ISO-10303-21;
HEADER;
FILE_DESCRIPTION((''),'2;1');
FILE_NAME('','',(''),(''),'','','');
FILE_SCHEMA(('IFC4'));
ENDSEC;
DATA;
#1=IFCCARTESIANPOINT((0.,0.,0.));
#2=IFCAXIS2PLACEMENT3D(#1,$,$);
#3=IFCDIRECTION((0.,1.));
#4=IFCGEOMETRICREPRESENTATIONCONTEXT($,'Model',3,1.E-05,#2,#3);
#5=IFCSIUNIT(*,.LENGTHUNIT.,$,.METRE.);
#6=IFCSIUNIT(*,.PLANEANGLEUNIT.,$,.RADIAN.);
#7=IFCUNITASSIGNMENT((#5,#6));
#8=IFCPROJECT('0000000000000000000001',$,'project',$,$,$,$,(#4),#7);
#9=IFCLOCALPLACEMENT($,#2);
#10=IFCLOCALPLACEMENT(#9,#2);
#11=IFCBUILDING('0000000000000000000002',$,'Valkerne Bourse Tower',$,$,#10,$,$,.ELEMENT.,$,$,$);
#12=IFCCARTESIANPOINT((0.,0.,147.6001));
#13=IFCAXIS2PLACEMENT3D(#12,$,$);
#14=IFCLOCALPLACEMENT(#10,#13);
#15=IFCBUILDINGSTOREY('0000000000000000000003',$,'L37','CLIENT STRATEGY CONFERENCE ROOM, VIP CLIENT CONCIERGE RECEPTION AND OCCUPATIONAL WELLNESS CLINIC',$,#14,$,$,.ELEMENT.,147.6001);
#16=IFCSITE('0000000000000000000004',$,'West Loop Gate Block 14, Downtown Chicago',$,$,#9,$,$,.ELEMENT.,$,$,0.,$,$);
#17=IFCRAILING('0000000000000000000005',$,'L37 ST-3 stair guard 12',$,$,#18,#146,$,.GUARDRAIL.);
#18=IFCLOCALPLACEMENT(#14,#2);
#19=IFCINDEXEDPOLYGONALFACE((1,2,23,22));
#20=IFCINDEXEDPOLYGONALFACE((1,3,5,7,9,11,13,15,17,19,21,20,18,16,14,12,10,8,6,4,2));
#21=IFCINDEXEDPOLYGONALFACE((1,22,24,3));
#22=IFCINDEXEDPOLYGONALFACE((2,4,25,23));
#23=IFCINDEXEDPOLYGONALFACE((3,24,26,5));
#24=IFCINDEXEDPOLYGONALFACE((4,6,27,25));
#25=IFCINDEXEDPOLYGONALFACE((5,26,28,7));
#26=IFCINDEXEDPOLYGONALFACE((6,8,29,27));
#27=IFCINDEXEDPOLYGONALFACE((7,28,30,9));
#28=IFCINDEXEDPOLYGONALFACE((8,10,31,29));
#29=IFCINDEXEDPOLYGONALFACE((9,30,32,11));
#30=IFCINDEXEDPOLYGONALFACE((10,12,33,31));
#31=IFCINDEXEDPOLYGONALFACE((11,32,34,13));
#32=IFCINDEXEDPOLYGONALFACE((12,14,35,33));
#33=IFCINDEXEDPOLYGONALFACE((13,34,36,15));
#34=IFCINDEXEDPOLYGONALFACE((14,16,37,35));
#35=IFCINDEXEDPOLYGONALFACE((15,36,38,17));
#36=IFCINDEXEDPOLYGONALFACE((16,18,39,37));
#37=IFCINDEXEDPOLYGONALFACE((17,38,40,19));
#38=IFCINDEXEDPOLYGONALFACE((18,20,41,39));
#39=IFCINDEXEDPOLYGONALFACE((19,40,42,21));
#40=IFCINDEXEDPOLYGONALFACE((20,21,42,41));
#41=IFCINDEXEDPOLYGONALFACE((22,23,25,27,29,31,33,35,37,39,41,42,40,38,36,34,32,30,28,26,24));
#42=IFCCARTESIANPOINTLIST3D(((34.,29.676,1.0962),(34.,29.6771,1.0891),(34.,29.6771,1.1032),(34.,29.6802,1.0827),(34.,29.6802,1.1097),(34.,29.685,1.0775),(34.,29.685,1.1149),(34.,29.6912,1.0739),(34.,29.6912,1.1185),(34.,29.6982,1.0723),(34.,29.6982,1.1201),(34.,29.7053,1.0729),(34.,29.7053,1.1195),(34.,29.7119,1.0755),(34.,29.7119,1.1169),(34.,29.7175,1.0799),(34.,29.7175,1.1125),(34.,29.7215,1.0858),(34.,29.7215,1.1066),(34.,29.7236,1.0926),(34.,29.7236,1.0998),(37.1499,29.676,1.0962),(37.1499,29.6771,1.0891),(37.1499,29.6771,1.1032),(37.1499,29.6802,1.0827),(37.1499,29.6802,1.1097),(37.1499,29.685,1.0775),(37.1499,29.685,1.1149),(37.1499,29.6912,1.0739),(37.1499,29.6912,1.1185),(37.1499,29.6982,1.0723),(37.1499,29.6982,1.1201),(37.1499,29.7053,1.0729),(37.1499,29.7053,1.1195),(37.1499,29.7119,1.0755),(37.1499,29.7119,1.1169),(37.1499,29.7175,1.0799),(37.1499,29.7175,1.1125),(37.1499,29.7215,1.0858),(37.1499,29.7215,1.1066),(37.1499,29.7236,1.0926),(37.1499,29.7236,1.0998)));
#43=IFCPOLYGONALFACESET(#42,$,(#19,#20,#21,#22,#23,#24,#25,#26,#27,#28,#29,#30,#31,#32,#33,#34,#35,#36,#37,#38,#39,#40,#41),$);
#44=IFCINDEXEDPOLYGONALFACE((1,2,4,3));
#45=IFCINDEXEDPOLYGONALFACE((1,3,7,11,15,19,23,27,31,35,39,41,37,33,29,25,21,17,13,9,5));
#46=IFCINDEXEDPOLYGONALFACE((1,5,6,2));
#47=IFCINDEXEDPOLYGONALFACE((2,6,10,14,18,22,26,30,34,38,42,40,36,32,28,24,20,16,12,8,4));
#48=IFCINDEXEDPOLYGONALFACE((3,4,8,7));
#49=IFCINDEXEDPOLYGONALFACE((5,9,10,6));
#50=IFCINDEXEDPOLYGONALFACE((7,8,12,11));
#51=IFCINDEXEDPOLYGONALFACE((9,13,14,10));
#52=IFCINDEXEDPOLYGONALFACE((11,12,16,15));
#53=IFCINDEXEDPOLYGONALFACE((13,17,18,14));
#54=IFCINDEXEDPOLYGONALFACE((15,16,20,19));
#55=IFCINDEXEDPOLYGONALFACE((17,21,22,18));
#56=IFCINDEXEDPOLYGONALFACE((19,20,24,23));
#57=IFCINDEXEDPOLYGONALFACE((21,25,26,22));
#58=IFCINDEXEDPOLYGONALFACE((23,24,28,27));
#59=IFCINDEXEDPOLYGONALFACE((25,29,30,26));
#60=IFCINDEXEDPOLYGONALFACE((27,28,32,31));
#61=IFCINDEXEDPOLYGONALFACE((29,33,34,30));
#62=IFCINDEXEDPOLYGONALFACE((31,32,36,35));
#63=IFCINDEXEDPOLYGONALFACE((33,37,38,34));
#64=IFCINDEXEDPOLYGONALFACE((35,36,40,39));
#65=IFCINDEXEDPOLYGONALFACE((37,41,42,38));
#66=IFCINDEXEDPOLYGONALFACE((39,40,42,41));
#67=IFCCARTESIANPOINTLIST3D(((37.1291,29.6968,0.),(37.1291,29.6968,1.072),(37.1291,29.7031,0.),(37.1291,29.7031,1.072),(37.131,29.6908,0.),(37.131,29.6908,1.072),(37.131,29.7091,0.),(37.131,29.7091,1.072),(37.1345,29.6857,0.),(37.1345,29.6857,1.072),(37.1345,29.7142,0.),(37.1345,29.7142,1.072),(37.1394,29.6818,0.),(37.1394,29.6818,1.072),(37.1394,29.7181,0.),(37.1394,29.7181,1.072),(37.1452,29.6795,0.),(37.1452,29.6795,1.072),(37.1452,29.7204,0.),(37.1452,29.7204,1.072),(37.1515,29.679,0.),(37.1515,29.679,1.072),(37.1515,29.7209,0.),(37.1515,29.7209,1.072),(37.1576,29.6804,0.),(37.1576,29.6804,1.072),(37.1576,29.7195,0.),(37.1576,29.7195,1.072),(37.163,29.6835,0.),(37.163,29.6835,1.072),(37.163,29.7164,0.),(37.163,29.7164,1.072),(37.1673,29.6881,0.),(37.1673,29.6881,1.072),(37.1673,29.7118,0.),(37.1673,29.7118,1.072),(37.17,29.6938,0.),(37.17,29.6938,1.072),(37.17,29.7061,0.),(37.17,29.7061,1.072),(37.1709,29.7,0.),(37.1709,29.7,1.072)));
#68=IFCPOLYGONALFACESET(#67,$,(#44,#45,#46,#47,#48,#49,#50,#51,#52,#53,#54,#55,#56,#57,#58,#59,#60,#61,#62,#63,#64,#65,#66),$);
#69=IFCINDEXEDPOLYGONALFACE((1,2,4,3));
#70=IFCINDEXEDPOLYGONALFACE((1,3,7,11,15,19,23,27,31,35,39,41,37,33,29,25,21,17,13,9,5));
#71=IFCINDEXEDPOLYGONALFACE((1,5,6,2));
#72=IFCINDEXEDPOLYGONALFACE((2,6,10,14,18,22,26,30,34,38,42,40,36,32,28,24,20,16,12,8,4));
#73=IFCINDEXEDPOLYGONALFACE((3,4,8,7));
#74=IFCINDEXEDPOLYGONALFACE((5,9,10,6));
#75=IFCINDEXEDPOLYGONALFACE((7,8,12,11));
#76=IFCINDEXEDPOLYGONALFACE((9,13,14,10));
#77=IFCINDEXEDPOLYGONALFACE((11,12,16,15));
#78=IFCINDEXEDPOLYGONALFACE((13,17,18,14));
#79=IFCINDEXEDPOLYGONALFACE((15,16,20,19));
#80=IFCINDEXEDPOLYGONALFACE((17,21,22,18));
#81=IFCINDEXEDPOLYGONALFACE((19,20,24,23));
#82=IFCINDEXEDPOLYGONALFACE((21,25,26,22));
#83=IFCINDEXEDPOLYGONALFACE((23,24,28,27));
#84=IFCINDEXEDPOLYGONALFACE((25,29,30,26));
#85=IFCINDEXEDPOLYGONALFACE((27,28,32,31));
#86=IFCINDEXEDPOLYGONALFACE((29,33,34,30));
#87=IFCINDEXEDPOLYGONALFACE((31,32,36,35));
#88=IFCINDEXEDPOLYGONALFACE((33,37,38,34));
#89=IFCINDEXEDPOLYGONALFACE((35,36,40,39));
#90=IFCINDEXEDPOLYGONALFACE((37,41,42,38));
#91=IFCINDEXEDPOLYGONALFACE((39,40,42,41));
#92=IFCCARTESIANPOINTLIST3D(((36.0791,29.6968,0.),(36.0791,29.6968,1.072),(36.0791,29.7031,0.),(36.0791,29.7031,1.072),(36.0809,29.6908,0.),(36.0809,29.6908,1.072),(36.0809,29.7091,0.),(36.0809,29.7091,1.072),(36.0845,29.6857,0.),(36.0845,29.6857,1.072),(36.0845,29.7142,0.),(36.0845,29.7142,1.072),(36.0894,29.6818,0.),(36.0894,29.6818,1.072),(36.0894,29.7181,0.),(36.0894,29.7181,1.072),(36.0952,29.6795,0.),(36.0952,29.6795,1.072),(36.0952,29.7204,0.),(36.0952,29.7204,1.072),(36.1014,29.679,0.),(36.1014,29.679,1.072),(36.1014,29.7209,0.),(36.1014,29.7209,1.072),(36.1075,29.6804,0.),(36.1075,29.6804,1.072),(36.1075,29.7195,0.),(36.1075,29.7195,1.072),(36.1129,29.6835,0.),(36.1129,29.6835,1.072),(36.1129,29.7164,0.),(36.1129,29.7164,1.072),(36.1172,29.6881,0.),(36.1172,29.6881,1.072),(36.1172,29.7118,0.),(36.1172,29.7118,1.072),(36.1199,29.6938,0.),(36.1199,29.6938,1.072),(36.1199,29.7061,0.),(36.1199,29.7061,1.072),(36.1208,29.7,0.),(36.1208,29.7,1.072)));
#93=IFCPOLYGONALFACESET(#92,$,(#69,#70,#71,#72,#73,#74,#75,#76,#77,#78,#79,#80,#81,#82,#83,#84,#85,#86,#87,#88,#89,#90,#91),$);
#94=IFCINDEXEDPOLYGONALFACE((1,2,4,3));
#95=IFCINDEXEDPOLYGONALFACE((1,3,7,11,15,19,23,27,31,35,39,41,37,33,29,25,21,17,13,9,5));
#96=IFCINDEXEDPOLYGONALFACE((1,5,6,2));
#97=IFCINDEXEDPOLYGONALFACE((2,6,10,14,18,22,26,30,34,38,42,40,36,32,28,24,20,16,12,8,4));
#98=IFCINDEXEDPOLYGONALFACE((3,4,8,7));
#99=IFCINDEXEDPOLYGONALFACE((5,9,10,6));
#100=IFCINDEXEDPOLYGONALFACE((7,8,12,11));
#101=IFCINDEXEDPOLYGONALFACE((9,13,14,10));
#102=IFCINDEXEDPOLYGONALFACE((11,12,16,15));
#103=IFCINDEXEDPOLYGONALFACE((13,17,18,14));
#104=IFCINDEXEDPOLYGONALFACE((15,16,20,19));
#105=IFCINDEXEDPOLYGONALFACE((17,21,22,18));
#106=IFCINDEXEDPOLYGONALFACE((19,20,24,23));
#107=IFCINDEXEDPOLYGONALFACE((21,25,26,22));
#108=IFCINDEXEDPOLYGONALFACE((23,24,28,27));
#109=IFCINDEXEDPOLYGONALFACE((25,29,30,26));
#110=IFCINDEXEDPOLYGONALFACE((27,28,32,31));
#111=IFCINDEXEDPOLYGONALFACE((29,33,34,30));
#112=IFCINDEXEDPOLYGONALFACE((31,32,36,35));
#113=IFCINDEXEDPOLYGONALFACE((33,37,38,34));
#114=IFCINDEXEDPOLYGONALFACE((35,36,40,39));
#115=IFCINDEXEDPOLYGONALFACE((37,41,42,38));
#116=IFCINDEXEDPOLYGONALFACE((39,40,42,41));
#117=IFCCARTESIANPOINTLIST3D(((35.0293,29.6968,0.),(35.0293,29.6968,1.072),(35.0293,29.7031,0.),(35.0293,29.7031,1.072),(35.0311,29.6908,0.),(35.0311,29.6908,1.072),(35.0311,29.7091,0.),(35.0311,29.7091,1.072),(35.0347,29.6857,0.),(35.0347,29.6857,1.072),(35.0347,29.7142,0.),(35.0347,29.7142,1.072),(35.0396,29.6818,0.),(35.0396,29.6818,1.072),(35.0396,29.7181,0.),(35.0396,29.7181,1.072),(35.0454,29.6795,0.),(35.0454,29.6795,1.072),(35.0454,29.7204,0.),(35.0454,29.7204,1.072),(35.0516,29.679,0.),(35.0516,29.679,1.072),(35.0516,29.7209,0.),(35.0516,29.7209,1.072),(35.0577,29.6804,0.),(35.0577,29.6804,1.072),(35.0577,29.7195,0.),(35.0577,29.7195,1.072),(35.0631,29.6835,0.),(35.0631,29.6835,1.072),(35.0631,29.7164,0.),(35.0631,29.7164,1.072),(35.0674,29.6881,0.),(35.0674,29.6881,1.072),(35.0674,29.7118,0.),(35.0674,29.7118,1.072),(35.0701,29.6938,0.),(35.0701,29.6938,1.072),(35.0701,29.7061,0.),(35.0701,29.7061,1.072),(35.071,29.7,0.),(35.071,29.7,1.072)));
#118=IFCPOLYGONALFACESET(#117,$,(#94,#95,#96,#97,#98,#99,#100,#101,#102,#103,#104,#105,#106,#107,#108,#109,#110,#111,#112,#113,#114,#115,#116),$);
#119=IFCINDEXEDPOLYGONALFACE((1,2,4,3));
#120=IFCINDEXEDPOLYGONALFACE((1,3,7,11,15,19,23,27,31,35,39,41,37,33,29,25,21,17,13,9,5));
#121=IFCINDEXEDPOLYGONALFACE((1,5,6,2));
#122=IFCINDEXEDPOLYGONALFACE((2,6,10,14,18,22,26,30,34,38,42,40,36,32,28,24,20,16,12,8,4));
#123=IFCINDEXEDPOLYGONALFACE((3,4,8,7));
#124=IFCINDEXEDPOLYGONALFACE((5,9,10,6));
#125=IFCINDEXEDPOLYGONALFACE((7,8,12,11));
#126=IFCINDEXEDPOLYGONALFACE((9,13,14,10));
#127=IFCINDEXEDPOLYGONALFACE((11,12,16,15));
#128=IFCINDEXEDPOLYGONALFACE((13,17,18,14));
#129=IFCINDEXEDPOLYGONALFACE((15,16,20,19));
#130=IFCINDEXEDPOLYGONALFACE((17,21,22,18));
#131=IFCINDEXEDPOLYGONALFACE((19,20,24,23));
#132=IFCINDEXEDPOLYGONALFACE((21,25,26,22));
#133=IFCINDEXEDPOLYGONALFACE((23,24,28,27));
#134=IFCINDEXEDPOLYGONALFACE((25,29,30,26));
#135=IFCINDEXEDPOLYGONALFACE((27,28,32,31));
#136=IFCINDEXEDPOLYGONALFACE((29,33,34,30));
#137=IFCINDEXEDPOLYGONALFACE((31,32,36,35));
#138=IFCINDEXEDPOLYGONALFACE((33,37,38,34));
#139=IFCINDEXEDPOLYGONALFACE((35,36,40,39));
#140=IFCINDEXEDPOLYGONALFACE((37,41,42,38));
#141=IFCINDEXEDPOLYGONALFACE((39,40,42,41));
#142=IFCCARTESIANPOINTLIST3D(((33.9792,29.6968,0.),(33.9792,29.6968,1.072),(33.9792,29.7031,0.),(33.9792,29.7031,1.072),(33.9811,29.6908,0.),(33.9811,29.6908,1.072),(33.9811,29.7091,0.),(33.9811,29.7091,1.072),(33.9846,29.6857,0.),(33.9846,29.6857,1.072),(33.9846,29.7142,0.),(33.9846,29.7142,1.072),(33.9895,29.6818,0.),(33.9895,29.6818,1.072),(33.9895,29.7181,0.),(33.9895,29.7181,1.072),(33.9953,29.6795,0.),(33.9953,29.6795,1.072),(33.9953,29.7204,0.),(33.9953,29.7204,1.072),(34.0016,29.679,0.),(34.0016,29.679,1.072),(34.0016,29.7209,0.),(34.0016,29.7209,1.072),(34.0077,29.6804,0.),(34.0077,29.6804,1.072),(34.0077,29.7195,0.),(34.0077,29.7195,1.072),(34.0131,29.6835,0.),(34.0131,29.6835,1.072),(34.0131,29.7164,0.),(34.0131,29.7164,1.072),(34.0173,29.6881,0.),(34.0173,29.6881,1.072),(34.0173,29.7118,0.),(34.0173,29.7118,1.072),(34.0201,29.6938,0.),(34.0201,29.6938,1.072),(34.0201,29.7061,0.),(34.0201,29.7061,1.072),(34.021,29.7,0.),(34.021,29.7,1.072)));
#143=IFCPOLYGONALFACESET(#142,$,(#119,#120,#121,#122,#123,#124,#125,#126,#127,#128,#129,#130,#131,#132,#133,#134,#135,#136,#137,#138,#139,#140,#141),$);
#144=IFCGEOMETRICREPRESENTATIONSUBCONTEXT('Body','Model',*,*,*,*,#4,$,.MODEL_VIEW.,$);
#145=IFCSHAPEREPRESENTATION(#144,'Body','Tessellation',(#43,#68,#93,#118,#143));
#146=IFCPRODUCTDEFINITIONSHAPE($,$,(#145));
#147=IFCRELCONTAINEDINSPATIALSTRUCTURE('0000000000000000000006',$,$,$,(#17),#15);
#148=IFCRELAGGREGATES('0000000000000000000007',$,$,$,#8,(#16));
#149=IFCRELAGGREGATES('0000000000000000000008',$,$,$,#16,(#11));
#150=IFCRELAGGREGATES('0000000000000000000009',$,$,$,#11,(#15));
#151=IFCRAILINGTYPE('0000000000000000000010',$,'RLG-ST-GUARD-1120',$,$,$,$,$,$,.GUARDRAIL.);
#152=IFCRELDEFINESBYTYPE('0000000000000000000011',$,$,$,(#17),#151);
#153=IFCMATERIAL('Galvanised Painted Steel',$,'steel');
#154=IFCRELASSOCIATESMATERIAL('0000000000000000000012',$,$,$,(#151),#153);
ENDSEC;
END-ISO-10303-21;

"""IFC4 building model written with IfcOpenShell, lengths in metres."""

from ifc_helpers import new_model, si_unit, direction, frame, origin, origin_2d, place, context, subcontext, project, spatial, circle, extrude, material, type_object, element, save


model = new_model("IFC4")

# Units and contexts
model_context = context("Model", 3, precision=1e-05, world=origin(), true_north=direction((0.0, 1.0)))
body_context = subcontext(model_context, "Body", "Model", "MODEL_VIEW")
ifc_project = project(units=[si_unit("LENGTHUNIT", "METRE"), si_unit("PLANEANGLEUNIT", "RADIAN")], contexts=[model_context])

# Site, building, storey
site_placement = place(None, origin())
site = spatial("IfcSite", under=ifc_project, at=site_placement, Name="West Loop Gate Block 14, Downtown Chicago", CompositionType="ELEMENT", RefElevation=0.0)
building_placement = place(site_placement, origin())
building = spatial("IfcBuilding", under=site, at=building_placement, Name="Valkerne Bourse Tower", CompositionType="ELEMENT")
storey_placement = place(building_placement, frame((0.0, 0.0, 147.6001)))
storey = spatial("IfcBuildingStorey", under=building, at=storey_placement, Name="L37", Description="CLIENT STRATEGY CONFERENCE ROOM, VIP CLIENT CONCIERGE RECEPTION AND OCCUPATIONAL WELLNESS CLINIC", CompositionType="ELEMENT", Elevation=147.6001)

# Railing
ifc_material_1 = material(Name="Galvanised Painted Steel", Category="steel")
railing_type_1 = type_object("IfcRailingType", Name="RLG-ST-GUARD-1120", PredefinedType="GUARDRAIL", material=ifc_material_1)
railing_1_placement = place(storey_placement, frame((37.1499, 29.7, 0.0)))
element("IfcRailing", 1, at=railing_1_placement, inside=storey, type_object=railing_type_1, Name="L37 ST-3 stair guard 12", PredefinedType="GUARDRAIL", context=body_context, shape_type="SweptSolid", body=[
    extrude(circle(Radius=0.0239, at=origin_2d()), frame((0.0, 0.0, 1.0962), z_axis=(-1.0, 0.0, 0.0), x_axis=(0.0, -1.0, 0.0)), (0.0, 0.0, 1.0), 3.1499),
    extrude(circle(Radius=0.021, at=origin_2d()), origin(), (0.0, 0.0, 1.0), 1.072),
    extrude(circle(Radius=0.021, at=origin_2d()), frame((-1.05, 0.0, 0.0)), (0.0, 0.0, 1.0), 1.072),
    extrude(circle(Radius=0.021, at=origin_2d()), frame((-2.0999, 0.0, 0.0)), (0.0, 0.0, 1.0), 1.072),
    extrude(circle(Radius=0.021, at=origin_2d()), frame((-3.1499, 0.0, 0.0)), (0.0, 0.0, 1.0), 1.072),
])

save(model, "model.ifc")
